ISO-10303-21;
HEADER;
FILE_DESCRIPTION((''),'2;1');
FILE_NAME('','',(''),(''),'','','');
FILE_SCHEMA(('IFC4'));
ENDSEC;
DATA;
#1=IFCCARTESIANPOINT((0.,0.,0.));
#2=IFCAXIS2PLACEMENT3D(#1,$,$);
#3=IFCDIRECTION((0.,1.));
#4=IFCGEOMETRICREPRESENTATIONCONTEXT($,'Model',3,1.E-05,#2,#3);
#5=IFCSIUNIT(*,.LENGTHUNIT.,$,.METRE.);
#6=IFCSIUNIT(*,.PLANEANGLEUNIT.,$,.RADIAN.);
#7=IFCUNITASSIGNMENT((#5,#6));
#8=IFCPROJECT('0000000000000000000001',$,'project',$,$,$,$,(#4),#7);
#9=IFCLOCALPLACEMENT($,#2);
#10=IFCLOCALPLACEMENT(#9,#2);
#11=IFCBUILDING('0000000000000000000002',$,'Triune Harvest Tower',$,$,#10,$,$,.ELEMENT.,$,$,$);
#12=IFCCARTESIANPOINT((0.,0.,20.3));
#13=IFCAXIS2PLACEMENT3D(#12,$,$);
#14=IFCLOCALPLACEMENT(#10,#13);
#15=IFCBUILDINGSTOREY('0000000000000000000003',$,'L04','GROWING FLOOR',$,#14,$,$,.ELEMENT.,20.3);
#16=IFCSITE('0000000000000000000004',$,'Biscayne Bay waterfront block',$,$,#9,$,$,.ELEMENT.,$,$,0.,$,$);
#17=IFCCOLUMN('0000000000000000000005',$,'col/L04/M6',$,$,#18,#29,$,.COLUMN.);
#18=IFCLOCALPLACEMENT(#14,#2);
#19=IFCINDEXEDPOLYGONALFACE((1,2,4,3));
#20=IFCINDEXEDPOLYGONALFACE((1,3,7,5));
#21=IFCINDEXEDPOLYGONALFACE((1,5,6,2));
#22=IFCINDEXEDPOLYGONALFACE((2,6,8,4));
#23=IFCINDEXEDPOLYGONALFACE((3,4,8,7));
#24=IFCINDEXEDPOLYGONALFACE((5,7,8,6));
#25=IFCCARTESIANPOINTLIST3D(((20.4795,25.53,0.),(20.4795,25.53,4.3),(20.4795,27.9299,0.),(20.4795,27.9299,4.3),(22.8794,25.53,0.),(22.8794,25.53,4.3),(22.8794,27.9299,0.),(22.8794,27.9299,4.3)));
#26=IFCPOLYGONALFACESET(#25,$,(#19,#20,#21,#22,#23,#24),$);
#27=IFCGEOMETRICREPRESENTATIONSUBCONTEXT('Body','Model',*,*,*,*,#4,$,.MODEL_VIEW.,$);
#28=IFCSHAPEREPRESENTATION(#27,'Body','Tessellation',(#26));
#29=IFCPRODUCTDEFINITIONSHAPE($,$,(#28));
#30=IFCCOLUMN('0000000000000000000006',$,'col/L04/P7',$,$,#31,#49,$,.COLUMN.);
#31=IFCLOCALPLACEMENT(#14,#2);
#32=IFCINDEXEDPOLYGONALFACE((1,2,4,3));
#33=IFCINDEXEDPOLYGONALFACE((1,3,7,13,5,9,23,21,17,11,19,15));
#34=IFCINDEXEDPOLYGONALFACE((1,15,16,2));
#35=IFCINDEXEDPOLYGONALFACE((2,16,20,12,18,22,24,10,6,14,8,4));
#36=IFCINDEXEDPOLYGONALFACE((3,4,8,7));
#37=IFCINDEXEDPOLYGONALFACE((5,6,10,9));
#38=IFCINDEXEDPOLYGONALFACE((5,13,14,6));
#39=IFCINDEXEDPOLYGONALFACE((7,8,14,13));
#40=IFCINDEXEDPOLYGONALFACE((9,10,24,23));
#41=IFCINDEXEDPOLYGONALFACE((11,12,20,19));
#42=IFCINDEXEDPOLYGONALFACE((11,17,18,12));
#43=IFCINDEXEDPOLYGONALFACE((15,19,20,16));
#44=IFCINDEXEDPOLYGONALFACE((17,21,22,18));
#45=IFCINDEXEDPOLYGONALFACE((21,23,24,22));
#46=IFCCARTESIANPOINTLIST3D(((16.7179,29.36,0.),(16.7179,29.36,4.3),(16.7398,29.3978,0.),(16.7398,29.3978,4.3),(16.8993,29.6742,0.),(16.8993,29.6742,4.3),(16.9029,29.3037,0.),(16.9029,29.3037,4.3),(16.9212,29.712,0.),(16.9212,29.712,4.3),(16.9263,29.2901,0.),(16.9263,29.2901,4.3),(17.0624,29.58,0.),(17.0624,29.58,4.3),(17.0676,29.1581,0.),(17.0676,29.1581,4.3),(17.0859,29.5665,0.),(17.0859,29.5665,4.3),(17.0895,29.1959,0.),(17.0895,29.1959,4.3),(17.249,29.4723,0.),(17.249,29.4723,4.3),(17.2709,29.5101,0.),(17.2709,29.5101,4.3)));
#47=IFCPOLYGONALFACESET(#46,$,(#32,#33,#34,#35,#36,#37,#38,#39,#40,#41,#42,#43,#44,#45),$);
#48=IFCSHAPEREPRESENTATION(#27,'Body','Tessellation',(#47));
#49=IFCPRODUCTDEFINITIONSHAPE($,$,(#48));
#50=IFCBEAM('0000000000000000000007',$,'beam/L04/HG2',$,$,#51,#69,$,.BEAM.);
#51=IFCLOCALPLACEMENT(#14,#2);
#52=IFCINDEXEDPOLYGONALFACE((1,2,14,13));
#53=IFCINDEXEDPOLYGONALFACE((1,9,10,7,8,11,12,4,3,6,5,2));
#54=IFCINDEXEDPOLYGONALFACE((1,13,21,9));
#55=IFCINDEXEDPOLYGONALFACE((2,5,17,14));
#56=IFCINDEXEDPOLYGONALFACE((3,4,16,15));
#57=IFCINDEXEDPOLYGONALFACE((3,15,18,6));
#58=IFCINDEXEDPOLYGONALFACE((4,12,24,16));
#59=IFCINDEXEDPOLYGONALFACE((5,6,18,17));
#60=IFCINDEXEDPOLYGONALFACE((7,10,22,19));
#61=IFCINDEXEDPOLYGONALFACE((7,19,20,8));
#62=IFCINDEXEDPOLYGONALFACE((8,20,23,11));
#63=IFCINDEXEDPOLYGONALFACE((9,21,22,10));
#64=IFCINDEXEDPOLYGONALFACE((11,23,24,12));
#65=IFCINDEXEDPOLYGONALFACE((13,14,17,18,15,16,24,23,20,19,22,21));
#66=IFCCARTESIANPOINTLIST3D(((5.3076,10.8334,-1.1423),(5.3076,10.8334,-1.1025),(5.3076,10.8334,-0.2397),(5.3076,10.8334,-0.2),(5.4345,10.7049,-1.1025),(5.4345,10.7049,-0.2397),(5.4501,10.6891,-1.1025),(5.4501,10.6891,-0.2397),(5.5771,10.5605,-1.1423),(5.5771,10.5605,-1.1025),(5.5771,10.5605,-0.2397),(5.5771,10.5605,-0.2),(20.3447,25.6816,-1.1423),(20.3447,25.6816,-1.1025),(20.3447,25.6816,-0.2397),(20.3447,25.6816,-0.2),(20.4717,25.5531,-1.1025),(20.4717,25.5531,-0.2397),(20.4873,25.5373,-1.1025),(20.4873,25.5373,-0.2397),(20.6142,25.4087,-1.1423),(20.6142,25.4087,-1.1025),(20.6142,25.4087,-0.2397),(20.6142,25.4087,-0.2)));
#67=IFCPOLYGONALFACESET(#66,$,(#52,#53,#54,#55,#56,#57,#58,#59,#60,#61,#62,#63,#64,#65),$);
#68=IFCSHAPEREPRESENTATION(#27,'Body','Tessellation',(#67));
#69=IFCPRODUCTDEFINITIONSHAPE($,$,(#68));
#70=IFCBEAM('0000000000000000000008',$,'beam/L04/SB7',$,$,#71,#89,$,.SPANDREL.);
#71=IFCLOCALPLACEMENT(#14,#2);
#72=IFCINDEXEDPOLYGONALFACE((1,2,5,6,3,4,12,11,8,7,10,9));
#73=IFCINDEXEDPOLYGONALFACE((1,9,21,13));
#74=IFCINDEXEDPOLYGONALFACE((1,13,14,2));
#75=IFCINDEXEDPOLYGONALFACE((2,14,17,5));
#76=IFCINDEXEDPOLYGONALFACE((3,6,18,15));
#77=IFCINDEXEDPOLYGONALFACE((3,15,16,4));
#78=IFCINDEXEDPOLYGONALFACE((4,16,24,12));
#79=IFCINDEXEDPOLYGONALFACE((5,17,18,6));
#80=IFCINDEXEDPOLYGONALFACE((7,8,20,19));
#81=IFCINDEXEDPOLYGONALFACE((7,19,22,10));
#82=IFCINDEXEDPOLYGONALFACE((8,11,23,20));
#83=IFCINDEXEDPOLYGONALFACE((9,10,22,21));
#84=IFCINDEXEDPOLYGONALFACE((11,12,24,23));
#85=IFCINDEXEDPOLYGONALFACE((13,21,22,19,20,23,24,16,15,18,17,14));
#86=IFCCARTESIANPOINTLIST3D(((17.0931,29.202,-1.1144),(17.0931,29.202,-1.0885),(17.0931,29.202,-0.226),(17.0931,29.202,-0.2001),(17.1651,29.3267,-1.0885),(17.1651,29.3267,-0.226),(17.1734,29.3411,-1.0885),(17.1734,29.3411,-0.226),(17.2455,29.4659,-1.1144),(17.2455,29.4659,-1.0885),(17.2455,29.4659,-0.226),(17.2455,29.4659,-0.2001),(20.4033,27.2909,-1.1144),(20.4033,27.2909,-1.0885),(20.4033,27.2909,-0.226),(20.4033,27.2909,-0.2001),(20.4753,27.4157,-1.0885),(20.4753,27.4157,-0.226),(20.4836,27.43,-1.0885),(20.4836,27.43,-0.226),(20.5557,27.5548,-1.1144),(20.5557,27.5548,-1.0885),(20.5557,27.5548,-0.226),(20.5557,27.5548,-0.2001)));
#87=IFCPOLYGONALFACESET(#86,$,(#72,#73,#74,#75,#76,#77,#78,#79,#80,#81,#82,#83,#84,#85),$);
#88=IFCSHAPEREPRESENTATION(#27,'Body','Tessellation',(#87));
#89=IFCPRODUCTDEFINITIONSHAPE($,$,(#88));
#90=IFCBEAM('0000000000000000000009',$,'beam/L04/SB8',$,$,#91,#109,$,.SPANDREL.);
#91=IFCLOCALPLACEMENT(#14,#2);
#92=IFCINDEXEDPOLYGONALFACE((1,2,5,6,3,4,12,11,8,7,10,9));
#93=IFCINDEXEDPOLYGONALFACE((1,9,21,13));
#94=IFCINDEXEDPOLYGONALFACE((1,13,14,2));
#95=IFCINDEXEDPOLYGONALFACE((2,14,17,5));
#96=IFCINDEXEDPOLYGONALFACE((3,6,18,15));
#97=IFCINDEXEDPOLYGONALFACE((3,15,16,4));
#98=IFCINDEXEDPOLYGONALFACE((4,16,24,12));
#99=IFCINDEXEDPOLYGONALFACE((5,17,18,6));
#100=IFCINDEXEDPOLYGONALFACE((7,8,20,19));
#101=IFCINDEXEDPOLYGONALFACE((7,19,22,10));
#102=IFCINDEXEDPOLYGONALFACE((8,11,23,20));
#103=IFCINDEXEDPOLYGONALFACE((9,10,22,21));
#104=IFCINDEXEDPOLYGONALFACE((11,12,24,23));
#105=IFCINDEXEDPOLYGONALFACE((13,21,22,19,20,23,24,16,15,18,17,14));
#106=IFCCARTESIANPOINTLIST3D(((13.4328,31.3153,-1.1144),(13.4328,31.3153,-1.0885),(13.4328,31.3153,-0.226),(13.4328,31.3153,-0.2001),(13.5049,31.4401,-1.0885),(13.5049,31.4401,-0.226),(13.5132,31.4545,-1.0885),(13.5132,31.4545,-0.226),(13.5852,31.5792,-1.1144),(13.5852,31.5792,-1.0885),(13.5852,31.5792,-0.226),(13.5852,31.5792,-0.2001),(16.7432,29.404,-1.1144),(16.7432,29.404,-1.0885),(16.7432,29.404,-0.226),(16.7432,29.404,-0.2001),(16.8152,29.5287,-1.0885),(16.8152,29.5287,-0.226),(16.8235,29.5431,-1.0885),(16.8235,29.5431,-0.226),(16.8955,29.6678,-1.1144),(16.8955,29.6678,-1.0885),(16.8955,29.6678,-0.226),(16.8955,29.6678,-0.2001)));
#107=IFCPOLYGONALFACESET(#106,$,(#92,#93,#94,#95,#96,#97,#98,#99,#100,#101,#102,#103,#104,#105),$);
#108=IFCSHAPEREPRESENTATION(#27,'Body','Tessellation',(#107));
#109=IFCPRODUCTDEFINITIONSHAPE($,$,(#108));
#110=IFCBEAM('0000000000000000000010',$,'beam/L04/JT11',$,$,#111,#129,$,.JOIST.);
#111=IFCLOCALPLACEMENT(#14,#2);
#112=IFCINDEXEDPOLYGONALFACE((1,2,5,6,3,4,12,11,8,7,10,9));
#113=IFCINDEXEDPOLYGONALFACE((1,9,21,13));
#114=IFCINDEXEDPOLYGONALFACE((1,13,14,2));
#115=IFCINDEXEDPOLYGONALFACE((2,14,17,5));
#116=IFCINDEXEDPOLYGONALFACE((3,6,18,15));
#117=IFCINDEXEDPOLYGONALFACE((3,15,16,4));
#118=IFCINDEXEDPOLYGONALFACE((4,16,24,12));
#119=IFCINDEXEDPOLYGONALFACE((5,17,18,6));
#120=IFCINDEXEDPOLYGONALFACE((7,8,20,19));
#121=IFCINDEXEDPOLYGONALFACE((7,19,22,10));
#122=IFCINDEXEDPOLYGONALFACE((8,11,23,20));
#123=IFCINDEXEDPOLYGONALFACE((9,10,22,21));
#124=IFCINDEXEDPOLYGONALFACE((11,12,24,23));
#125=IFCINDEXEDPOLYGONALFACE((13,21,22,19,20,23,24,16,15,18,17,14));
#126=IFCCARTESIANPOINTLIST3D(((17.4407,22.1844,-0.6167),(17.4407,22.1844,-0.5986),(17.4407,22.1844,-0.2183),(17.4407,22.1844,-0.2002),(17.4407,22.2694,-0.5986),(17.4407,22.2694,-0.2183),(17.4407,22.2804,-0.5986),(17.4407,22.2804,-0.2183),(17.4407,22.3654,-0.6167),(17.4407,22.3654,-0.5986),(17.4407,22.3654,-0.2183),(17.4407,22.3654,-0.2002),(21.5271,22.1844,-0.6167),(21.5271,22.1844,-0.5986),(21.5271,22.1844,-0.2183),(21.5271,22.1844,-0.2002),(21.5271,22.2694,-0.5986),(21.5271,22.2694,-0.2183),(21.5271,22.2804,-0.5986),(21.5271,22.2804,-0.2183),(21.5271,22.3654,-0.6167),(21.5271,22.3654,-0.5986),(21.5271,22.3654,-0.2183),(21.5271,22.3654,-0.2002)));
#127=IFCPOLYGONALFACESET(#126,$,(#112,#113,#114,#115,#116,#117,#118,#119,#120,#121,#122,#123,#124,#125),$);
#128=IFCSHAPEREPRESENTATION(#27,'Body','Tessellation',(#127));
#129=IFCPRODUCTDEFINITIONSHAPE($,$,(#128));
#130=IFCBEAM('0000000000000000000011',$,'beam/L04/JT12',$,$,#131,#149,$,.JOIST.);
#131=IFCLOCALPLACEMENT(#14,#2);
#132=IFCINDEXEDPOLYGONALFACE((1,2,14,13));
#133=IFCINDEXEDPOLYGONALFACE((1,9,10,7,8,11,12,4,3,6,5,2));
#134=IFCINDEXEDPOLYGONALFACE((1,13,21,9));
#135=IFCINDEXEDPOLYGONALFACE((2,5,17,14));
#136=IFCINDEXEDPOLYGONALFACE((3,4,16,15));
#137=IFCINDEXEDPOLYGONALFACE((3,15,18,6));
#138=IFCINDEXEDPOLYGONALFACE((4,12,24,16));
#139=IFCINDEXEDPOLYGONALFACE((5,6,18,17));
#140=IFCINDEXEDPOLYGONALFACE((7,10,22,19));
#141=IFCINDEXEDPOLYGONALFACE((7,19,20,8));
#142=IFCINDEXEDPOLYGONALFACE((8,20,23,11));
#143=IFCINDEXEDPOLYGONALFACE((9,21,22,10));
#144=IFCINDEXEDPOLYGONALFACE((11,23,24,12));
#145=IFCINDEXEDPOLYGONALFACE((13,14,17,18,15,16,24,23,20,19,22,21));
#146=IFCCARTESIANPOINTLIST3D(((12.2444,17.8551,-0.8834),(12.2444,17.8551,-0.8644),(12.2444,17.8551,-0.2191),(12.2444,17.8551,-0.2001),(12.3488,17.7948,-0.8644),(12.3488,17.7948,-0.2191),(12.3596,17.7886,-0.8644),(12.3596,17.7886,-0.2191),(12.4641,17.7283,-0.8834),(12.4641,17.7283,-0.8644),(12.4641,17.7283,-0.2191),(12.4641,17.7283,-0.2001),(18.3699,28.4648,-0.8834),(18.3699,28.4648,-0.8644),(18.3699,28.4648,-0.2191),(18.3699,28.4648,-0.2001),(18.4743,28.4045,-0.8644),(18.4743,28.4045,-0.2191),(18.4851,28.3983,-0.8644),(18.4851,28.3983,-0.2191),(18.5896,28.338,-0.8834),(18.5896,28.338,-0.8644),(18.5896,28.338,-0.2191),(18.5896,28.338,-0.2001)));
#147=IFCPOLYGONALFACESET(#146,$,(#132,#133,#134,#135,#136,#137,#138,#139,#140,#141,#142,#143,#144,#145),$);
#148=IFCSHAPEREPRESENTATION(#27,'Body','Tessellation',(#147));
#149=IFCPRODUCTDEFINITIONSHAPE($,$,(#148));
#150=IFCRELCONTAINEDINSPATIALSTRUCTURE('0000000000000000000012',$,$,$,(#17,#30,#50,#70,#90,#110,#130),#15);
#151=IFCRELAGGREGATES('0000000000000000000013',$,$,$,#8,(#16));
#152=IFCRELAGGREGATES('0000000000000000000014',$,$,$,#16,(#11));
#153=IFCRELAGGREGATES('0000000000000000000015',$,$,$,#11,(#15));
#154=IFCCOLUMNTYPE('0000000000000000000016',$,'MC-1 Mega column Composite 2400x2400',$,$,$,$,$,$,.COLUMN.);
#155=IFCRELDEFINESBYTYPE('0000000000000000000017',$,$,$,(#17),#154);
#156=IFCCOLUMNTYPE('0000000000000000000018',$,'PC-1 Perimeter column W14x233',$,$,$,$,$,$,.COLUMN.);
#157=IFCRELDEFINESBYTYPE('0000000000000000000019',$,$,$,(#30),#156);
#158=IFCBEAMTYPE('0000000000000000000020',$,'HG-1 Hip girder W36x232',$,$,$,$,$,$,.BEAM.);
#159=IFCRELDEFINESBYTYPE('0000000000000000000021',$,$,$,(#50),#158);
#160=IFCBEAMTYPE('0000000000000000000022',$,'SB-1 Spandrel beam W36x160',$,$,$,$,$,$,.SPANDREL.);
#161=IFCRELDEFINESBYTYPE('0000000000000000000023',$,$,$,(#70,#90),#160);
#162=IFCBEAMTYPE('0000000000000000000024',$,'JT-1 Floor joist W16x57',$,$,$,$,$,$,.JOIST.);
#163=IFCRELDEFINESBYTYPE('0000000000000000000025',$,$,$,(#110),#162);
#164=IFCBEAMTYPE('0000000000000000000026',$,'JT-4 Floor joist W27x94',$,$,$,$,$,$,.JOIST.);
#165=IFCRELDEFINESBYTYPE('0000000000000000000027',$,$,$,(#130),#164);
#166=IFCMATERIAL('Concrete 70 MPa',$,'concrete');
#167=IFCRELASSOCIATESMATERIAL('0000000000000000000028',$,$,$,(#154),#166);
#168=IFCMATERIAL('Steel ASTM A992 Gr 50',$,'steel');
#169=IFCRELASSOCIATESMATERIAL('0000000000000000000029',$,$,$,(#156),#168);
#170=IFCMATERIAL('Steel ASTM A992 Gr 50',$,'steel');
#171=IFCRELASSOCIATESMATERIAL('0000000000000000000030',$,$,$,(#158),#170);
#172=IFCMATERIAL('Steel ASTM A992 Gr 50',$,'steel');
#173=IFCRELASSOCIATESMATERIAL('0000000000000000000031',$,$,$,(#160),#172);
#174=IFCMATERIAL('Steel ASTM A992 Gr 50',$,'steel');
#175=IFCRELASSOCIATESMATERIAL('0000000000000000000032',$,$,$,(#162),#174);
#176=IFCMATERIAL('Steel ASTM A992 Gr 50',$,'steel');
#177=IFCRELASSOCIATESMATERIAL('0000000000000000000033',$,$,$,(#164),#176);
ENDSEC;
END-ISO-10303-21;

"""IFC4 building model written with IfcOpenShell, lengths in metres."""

from ifc_helpers import new_model, si_unit, direction, frame, origin, origin_2d, place, context, subcontext, project, spatial, rectangle, i_section, extrude, source, transform, mapped, material, material_profile, profile_set, type_object, element, save


model = new_model("IFC4")

# Units and contexts
model_context = context("Model", 3, precision=1e-05, world=origin(), true_north=direction((0.0, 1.0)))
body_context = subcontext(model_context, "Body", "Model", "MODEL_VIEW")
ifc_project = project(units=[si_unit("LENGTHUNIT", "METRE"), si_unit("PLANEANGLEUNIT", "RADIAN")], contexts=[model_context])

# Site, building, storey
site_placement = place(None, origin())
site = spatial("IfcSite", under=ifc_project, at=site_placement, Name="Biscayne Bay waterfront block", CompositionType="ELEMENT", RefElevation=0.0)
building_placement = place(site_placement, origin())
building = spatial("IfcBuilding", under=site, at=building_placement, Name="Triune Harvest Tower", CompositionType="ELEMENT")
storey_placement = place(building_placement, frame((0.0, 0.0, 20.3)))
storey = spatial("IfcBuildingStorey", under=building, at=storey_placement, Name="L04", Description="GROWING FLOOR", CompositionType="ELEMENT", Elevation=20.3)

# Columns
ifc_material_1 = material(Name="Concrete 70 MPa", Category="concrete")
ifc_material_profile_1 = material_profile(ifc_material_1, rectangle(XDim=2.3999, YDim=2.3999, at=origin_2d()), Name="Composite 2400x2400")
ifc_profile_set_1 = profile_set([ifc_material_profile_1], Name="Concrete 70 MPa")
column_type_1 = type_object("IfcColumnType", Name="MC-1 Mega column Composite 2400x2400", PredefinedType="COLUMN", material=ifc_profile_set_1)
shared_shape_1 = source(origin(), body_context, "Body", "SweptSolid", [
    extrude(rectangle(XDim=2.3999, YDim=2.3999, at=origin_2d()), origin(), (0.0, 0.0, 1.0), 4.3),
])
column_1_placement = place(storey_placement, frame((21.6794, 26.73, 0.0), z_axis=(0.0, 0.0, 1.0), x_axis=(0.0, 1.0, 0.0)))
element("IfcColumn", 1, at=column_1_placement, inside=storey, type_object=column_type_1, Name="col/L04/M6", PredefinedType="COLUMN", context=body_context, shape_type="MappedRepresentation", body=[
    mapped(shared_shape_1, transform((0.0, 0.0, 0.0), scale=1.0)),
])
ifc_material_2 = material(Name="Steel ASTM A992 Gr 50", Category="steel")
ifc_material_profile_2 = material_profile(ifc_material_2, i_section(OverallWidth=0.4038, OverallDepth=0.4065, WebThickness=0.0271, FlangeThickness=0.0437, at=origin_2d()), Name="W14x233")
ifc_profile_set_2 = profile_set([ifc_material_profile_2], Name="Steel ASTM A992 Gr 50")
column_type_2 = type_object("IfcColumnType", Name="PC-1 Perimeter column W14x233", PredefinedType="COLUMN", material=ifc_profile_set_2)
shared_shape_2 = source(origin(), body_context, "Body", "SweptSolid", [
    extrude(i_section(OverallWidth=0.4038, OverallDepth=0.4065, WebThickness=0.0271, FlangeThickness=0.0437, at=origin_2d()), origin(), (0.0, 0.0, 1.0), 4.3),
])
column_2_placement = place(storey_placement, frame((16.9944, 29.4351, 0.0), z_axis=(0.0, 0.0, 1.0), x_axis=(-0.866026, 0.499998, 0.0)))
element("IfcColumn", 2, at=column_2_placement, inside=storey, type_object=column_type_2, Name="col/L04/P7", PredefinedType="COLUMN", context=body_context, shape_type="MappedRepresentation", body=[
    mapped(shared_shape_2, transform((0.0, 0.0, 0.0), scale=1.0)),
])

# Beams
ifc_material_3 = material(Name="Steel ASTM A992 Gr 50", Category="steel")
ifc_material_profile_3 = material_profile(ifc_material_3, i_section(OverallWidth=0.3835, OverallDepth=0.9424, WebThickness=0.0222, FlangeThickness=0.0398, at=origin_2d()), Name="W36x232")
ifc_profile_set_3 = profile_set([ifc_material_profile_3], Name="Steel ASTM A992 Gr 50")
beam_type_1 = type_object("IfcBeamType", Name="HG-1 Hip girder W36x232", PredefinedType="BEAM", material=ifc_profile_set_3)
shared_shape_3 = source(origin(), body_context, "Body", "SweptSolid", [
    extrude(i_section(OverallWidth=0.3835, OverallDepth=0.9424, WebThickness=0.0222, FlangeThickness=0.0398, at=origin_2d()), origin(), (0.0, 0.0, 1.0), 21.1326),
])
beam_1_placement = place(storey_placement, frame((20.4795, 25.5452, -0.6711), z_axis=(-0.711564, -0.702622, 0.0), x_axis=(0.702622, -0.711564, 0.0)))
element("IfcBeam", 3, at=beam_1_placement, inside=storey, type_object=beam_type_1, Name="beam/L04/HG2", PredefinedType="BEAM", context=body_context, shape_type="MappedRepresentation", body=[
    mapped(shared_shape_3, transform((0.0, 0.0, 0.0), scale=1.0)),
])
ifc_material_4 = material(Name="Steel ASTM A992 Gr 50", Category="steel")
ifc_material_profile_4 = material_profile(ifc_material_4, i_section(OverallWidth=0.3047, OverallDepth=0.9143, WebThickness=0.0166, FlangeThickness=0.0259, at=origin_2d()), Name="W36x160")
ifc_profile_set_4 = profile_set([ifc_material_profile_4], Name="Steel ASTM A992 Gr 50")
beam_type_2 = type_object("IfcBeamType", Name="SB-1 Spandrel beam W36x160", PredefinedType="SPANDREL", material=ifc_profile_set_4)
shared_shape_4 = source(origin(), body_context, "Body", "SweptSolid", [
    extrude(i_section(OverallWidth=0.3047, OverallDepth=0.9143, WebThickness=0.0166, FlangeThickness=0.0259, at=origin_2d()), origin(), (0.0, 0.0, 1.0), 3.8223),
])
beam_2_placement = place(storey_placement, frame((20.4795, 27.4229, -0.6572), z_axis=(-0.866033, 0.499986, 0.0), x_axis=(-0.499986, -0.866033, 0.0)))
element("IfcBeam", 4, at=beam_2_placement, inside=storey, type_object=beam_type_2, Name="beam/L04/SB7", PredefinedType="SPANDREL", context=body_context, shape_type="MappedRepresentation", body=[
    mapped(shared_shape_4, transform((0.0, 0.0, 0.0), scale=1.0)),
])
shared_shape_5 = source(origin(), body_context, "Body", "SweptSolid", [
    extrude(i_section(OverallWidth=0.3047, OverallDepth=0.9143, WebThickness=0.0166, FlangeThickness=0.0259, at=origin_2d()), origin(), (0.0, 0.0, 1.0), 3.8225),
])
beam_3_placement = place(storey_placement, frame((16.8193, 29.5359, -0.6572), z_axis=(-0.866006, 0.500034, 0.0), x_axis=(-0.500034, -0.866006, 0.0)))
element("IfcBeam", 5, at=beam_3_placement, inside=storey, type_object=beam_type_2, Name="beam/L04/SB8", PredefinedType="SPANDREL", context=body_context, shape_type="MappedRepresentation", body=[
    mapped(shared_shape_5, transform((0.0, 0.0, 0.0), scale=1.0)),
])
ifc_material_5 = material(Name="Steel ASTM A992 Gr 50", Category="steel")
ifc_material_profile_5 = material_profile(ifc_material_5, i_section(OverallWidth=0.1809, OverallDepth=0.4165, WebThickness=0.011, FlangeThickness=0.0181, at=origin_2d()), Name="W16x57")
ifc_profile_set_5 = profile_set([ifc_material_profile_5], Name="Steel ASTM A992 Gr 50")
beam_type_3 = type_object("IfcBeamType", Name="JT-1 Floor joist W16x57", PredefinedType="JOIST", material=ifc_profile_set_5)
shared_shape_6 = source(origin(), body_context, "Body", "SweptSolid", [
    extrude(i_section(OverallWidth=0.1809, OverallDepth=0.4165, WebThickness=0.011, FlangeThickness=0.0181, at=origin_2d()), origin(), (0.0, 0.0, 1.0), 4.0864),
])
beam_4_placement = place(storey_placement, frame((21.5271, 22.2749, -0.4084), z_axis=(-1.0, 0.0, 0.0), x_axis=(0.0, -1.0, 0.0)))
element("IfcBeam", 6, at=beam_4_placement, inside=storey, type_object=beam_type_3, Name="beam/L04/JT11", PredefinedType="JOIST", context=body_context, shape_type="MappedRepresentation", body=[
    mapped(shared_shape_6, transform((0.0, 0.0, 0.0), scale=1.0)),
])
ifc_material_6 = material(Name="Steel ASTM A992 Gr 50", Category="steel")
ifc_material_profile_6 = material_profile(ifc_material_6, i_section(OverallWidth=0.2537, OverallDepth=0.6833, WebThickness=0.0125, FlangeThickness=0.019, at=origin_2d()), Name="W27x94")
ifc_profile_set_6 = profile_set([ifc_material_profile_6], Name="Steel ASTM A992 Gr 50")
beam_type_4 = type_object("IfcBeamType", Name="JT-4 Floor joist W27x94", PredefinedType="JOIST", material=ifc_profile_set_6)
shared_shape_7 = source(origin(), body_context, "Body", "SweptSolid", [
    extrude(i_section(OverallWidth=0.2537, OverallDepth=0.6833, WebThickness=0.0125, FlangeThickness=0.019, at=origin_2d()), origin(), (0.0, 0.0, 1.0), 12.251),
])
beam_5_placement = place(storey_placement, frame((18.4797, 28.4014, -0.5417), z_axis=(-0.500001, -0.866025, 0.0), x_axis=(0.866025, -0.500001, 0.0)))
element("IfcBeam", 7, at=beam_5_placement, inside=storey, type_object=beam_type_4, Name="beam/L04/JT12", PredefinedType="JOIST", context=body_context, shape_type="MappedRepresentation", body=[
    mapped(shared_shape_7, transform((0.0, 0.0, 0.0), scale=1.0)),
])

save(model, "model.ifc")
